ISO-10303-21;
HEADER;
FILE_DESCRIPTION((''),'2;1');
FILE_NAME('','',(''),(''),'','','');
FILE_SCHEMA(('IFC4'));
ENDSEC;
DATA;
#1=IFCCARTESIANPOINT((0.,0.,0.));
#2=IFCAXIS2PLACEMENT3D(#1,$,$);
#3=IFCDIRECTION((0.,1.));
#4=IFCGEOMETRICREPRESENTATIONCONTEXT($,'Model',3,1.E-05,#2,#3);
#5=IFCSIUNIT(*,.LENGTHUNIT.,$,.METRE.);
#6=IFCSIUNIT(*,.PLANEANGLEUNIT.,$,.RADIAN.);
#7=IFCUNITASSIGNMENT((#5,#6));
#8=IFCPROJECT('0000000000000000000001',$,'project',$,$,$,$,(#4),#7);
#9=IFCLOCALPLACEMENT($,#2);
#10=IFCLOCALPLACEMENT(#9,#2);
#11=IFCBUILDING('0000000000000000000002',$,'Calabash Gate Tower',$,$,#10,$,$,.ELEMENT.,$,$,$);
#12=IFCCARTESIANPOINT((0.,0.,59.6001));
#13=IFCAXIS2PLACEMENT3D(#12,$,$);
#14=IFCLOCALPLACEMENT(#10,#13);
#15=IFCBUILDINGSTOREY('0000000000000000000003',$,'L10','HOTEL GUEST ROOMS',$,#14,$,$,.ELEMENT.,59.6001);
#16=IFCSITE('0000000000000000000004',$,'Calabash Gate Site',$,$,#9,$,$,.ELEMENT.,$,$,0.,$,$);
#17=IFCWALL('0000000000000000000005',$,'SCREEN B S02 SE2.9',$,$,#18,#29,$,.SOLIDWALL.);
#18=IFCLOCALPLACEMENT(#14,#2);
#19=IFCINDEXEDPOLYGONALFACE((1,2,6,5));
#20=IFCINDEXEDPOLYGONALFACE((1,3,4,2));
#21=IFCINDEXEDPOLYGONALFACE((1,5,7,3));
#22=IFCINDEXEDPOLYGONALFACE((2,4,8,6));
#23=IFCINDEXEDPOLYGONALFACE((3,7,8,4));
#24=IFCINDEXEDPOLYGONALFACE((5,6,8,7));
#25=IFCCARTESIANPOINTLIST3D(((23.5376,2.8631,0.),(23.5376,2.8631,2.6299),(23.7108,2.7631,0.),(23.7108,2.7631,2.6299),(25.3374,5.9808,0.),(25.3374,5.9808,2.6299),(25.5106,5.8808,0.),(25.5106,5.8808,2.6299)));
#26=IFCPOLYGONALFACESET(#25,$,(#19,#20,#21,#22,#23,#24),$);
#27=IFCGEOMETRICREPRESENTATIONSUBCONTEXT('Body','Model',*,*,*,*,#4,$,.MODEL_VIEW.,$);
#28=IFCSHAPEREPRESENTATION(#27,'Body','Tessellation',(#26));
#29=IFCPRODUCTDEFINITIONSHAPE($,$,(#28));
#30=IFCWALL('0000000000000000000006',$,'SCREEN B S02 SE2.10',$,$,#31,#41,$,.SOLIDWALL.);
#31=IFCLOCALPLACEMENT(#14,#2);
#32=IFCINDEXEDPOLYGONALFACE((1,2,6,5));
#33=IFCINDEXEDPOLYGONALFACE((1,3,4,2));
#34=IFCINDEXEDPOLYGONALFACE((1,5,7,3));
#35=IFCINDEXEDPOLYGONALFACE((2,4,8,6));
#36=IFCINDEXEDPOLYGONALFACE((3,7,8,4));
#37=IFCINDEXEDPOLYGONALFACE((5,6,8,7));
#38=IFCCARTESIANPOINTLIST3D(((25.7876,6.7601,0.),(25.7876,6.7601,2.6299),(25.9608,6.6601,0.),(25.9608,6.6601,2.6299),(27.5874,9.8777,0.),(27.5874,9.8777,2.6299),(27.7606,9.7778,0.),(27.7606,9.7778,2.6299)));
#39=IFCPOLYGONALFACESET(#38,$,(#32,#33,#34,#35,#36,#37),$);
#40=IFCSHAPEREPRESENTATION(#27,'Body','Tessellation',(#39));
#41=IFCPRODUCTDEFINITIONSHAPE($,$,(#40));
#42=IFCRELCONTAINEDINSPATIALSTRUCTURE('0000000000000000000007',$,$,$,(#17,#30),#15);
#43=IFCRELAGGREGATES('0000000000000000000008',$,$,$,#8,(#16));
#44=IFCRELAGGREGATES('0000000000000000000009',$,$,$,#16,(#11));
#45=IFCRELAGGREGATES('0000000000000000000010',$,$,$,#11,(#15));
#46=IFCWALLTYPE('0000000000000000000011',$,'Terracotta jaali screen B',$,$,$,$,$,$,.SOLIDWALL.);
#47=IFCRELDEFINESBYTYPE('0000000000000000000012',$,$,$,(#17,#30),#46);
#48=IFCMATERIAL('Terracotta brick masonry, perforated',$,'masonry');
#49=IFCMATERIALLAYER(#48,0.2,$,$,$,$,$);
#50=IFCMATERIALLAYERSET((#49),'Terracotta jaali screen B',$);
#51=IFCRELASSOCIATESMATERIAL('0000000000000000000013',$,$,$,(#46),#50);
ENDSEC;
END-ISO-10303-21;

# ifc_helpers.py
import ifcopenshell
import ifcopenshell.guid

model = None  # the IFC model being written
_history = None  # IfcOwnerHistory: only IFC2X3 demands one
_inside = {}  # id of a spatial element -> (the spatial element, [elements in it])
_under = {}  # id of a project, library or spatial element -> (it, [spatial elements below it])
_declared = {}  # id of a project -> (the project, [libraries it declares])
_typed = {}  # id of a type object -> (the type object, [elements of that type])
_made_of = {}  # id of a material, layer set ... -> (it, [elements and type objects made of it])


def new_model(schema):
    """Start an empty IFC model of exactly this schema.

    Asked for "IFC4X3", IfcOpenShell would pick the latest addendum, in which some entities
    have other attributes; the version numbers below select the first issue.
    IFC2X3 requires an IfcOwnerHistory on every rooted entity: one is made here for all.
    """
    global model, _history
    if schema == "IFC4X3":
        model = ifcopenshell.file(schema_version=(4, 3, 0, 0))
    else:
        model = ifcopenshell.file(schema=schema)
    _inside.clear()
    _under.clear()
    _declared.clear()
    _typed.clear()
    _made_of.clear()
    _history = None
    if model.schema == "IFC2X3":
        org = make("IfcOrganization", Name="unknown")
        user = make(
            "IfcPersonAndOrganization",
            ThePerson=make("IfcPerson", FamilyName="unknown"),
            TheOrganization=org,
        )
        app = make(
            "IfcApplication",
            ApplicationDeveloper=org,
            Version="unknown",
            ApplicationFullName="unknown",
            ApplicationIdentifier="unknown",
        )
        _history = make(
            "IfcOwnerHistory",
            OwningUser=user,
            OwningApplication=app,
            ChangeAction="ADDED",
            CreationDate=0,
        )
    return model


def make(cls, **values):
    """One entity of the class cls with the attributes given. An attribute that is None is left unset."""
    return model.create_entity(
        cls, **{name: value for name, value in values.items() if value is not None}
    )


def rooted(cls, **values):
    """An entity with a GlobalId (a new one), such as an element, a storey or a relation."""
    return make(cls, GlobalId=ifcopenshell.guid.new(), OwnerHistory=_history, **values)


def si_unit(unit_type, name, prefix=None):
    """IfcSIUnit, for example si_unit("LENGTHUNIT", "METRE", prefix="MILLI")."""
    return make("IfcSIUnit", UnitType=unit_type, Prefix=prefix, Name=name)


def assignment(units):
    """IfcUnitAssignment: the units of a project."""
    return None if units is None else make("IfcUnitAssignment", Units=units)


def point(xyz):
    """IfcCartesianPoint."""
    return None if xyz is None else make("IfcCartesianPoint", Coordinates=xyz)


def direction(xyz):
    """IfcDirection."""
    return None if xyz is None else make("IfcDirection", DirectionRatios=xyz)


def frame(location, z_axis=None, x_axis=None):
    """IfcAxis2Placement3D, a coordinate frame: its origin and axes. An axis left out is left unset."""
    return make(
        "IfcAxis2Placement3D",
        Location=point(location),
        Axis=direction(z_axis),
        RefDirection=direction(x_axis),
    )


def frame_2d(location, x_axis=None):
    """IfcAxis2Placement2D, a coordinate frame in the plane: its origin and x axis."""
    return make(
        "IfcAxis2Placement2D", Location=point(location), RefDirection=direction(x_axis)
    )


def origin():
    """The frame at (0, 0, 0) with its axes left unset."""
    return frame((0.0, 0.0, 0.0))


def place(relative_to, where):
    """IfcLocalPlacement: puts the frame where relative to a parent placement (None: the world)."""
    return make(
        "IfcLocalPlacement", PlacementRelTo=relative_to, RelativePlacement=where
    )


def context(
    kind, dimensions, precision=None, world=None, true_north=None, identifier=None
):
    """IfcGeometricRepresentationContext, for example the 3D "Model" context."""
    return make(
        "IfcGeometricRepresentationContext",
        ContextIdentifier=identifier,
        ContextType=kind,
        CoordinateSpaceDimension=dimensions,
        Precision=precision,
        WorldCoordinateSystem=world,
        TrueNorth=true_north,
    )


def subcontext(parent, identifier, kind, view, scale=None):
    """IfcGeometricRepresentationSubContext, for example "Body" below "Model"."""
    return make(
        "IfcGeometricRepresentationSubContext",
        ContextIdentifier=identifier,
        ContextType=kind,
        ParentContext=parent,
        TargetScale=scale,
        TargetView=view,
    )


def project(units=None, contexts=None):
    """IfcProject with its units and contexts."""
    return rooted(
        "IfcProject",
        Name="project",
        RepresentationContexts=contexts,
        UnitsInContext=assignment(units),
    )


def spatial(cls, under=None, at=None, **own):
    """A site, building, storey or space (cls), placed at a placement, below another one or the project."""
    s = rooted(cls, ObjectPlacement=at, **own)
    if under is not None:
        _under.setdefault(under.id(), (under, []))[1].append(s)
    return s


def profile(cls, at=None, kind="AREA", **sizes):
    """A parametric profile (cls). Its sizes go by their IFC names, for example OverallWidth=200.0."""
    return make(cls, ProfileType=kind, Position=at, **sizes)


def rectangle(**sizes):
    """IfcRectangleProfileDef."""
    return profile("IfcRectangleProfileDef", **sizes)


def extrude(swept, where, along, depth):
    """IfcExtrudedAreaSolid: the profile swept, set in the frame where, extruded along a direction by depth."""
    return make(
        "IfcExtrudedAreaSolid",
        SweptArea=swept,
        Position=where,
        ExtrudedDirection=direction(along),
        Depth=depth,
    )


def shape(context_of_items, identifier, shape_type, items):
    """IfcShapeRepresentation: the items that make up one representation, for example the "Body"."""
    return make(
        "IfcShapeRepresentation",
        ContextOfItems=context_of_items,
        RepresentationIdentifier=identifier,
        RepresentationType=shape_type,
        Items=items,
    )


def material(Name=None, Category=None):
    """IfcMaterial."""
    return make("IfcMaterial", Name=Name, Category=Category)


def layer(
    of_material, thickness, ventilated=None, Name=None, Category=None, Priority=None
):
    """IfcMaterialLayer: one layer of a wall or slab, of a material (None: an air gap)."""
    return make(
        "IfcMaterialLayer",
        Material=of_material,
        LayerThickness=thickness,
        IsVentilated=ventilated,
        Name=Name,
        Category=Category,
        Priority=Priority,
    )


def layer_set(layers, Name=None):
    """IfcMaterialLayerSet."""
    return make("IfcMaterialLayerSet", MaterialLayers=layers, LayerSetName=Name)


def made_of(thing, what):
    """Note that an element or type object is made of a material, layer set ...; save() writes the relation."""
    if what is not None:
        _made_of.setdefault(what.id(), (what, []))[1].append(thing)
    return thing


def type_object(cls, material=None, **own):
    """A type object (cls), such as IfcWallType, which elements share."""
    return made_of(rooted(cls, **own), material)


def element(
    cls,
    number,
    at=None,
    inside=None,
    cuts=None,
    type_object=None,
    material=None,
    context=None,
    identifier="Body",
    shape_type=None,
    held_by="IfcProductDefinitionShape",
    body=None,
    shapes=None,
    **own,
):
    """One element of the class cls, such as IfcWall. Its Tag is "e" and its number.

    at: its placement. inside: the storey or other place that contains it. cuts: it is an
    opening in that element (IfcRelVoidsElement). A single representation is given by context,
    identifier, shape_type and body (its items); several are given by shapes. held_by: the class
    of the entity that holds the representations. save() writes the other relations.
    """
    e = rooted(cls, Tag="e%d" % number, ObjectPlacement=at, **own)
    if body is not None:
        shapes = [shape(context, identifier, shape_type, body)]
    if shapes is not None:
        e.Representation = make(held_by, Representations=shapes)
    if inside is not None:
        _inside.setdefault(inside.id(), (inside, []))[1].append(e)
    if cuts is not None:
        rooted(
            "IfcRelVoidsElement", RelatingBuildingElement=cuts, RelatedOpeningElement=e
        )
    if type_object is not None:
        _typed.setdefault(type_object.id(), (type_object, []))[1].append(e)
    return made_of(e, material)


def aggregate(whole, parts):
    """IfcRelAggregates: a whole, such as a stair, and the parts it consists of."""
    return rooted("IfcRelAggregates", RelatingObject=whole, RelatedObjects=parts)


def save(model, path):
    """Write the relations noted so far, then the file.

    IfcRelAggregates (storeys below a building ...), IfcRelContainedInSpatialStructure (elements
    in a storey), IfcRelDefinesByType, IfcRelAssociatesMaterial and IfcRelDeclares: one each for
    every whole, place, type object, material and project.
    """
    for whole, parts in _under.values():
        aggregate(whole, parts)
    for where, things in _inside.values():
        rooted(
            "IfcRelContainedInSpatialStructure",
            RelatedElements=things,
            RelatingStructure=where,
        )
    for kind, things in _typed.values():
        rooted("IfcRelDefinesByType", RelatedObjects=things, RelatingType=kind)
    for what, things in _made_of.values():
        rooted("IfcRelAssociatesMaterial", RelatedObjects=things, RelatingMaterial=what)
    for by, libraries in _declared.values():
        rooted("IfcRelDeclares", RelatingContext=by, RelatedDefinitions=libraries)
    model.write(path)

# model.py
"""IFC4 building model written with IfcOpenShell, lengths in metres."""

from ifc_helpers import new_model, si_unit, direction, frame, frame_2d, origin, place, context, subcontext, project, spatial, rectangle, extrude, material, layer, layer_set, type_object, element, save


model = new_model("IFC4")

# Units and contexts
model_context = context("Model", 3, precision=1e-05, world=origin(), true_north=direction((0.0, 1.0)))
body_context = subcontext(model_context, "Body", "Model", "MODEL_VIEW")
ifc_project = project(units=[si_unit("LENGTHUNIT", "METRE"), si_unit("PLANEANGLEUNIT", "RADIAN")], contexts=[model_context])

# Site, building, storey
site_placement = place(None, origin())
site = spatial("IfcSite", under=ifc_project, at=site_placement, Name="Calabash Gate Site", CompositionType="ELEMENT", RefElevation=0.0)
building_placement = place(site_placement, origin())
building = spatial("IfcBuilding", under=site, at=building_placement, Name="Calabash Gate Tower", CompositionType="ELEMENT")
storey_placement = place(building_placement, frame((0.0, 0.0, 59.6001)))
storey = spatial("IfcBuildingStorey", under=building, at=storey_placement, Name="L10", Description="HOTEL GUEST ROOMS", CompositionType="ELEMENT", Elevation=59.6001)

# Walls
ifc_material_1 = material(Name="Terracotta brick masonry, perforated", Category="masonry")
ifc_layer_1 = layer(ifc_material_1, 0.2)
ifc_layer_set_1 = layer_set([ifc_layer_1], Name="Terracotta jaali screen B")
wall_type_1 = type_object("IfcWallType", Name="Terracotta jaali screen B", PredefinedType="SOLIDWALL", material=ifc_layer_set_1)
for number, where, z_axis, x_axis, name in (
    (1, (23.6243, 2.8132, 0.0), (0.0, 0.0, 1.0), (0.499961, 0.866048, 0.0), "SCREEN B S02 SE2.9"),
    (2, (25.8743, 6.7102, 0.0), (0.0, 0.0, 1.0), (0.499961, 0.866048, 0.0), "SCREEN B S02 SE2.10"),
):
    element("IfcWall", number, at=place(storey_placement, frame(where, z_axis=z_axis, x_axis=x_axis)), inside=storey, type_object=wall_type_1, Name=name, PredefinedType="SOLIDWALL", context=body_context, shape_type="SweptSolid", body=[
        extrude(rectangle(XDim=3.5999, YDim=0.2, at=frame_2d((1.7998, 0.0))), origin(), (0.0, 0.0, 1.0), 2.6299),
    ])

save(model, "model.ifc")
